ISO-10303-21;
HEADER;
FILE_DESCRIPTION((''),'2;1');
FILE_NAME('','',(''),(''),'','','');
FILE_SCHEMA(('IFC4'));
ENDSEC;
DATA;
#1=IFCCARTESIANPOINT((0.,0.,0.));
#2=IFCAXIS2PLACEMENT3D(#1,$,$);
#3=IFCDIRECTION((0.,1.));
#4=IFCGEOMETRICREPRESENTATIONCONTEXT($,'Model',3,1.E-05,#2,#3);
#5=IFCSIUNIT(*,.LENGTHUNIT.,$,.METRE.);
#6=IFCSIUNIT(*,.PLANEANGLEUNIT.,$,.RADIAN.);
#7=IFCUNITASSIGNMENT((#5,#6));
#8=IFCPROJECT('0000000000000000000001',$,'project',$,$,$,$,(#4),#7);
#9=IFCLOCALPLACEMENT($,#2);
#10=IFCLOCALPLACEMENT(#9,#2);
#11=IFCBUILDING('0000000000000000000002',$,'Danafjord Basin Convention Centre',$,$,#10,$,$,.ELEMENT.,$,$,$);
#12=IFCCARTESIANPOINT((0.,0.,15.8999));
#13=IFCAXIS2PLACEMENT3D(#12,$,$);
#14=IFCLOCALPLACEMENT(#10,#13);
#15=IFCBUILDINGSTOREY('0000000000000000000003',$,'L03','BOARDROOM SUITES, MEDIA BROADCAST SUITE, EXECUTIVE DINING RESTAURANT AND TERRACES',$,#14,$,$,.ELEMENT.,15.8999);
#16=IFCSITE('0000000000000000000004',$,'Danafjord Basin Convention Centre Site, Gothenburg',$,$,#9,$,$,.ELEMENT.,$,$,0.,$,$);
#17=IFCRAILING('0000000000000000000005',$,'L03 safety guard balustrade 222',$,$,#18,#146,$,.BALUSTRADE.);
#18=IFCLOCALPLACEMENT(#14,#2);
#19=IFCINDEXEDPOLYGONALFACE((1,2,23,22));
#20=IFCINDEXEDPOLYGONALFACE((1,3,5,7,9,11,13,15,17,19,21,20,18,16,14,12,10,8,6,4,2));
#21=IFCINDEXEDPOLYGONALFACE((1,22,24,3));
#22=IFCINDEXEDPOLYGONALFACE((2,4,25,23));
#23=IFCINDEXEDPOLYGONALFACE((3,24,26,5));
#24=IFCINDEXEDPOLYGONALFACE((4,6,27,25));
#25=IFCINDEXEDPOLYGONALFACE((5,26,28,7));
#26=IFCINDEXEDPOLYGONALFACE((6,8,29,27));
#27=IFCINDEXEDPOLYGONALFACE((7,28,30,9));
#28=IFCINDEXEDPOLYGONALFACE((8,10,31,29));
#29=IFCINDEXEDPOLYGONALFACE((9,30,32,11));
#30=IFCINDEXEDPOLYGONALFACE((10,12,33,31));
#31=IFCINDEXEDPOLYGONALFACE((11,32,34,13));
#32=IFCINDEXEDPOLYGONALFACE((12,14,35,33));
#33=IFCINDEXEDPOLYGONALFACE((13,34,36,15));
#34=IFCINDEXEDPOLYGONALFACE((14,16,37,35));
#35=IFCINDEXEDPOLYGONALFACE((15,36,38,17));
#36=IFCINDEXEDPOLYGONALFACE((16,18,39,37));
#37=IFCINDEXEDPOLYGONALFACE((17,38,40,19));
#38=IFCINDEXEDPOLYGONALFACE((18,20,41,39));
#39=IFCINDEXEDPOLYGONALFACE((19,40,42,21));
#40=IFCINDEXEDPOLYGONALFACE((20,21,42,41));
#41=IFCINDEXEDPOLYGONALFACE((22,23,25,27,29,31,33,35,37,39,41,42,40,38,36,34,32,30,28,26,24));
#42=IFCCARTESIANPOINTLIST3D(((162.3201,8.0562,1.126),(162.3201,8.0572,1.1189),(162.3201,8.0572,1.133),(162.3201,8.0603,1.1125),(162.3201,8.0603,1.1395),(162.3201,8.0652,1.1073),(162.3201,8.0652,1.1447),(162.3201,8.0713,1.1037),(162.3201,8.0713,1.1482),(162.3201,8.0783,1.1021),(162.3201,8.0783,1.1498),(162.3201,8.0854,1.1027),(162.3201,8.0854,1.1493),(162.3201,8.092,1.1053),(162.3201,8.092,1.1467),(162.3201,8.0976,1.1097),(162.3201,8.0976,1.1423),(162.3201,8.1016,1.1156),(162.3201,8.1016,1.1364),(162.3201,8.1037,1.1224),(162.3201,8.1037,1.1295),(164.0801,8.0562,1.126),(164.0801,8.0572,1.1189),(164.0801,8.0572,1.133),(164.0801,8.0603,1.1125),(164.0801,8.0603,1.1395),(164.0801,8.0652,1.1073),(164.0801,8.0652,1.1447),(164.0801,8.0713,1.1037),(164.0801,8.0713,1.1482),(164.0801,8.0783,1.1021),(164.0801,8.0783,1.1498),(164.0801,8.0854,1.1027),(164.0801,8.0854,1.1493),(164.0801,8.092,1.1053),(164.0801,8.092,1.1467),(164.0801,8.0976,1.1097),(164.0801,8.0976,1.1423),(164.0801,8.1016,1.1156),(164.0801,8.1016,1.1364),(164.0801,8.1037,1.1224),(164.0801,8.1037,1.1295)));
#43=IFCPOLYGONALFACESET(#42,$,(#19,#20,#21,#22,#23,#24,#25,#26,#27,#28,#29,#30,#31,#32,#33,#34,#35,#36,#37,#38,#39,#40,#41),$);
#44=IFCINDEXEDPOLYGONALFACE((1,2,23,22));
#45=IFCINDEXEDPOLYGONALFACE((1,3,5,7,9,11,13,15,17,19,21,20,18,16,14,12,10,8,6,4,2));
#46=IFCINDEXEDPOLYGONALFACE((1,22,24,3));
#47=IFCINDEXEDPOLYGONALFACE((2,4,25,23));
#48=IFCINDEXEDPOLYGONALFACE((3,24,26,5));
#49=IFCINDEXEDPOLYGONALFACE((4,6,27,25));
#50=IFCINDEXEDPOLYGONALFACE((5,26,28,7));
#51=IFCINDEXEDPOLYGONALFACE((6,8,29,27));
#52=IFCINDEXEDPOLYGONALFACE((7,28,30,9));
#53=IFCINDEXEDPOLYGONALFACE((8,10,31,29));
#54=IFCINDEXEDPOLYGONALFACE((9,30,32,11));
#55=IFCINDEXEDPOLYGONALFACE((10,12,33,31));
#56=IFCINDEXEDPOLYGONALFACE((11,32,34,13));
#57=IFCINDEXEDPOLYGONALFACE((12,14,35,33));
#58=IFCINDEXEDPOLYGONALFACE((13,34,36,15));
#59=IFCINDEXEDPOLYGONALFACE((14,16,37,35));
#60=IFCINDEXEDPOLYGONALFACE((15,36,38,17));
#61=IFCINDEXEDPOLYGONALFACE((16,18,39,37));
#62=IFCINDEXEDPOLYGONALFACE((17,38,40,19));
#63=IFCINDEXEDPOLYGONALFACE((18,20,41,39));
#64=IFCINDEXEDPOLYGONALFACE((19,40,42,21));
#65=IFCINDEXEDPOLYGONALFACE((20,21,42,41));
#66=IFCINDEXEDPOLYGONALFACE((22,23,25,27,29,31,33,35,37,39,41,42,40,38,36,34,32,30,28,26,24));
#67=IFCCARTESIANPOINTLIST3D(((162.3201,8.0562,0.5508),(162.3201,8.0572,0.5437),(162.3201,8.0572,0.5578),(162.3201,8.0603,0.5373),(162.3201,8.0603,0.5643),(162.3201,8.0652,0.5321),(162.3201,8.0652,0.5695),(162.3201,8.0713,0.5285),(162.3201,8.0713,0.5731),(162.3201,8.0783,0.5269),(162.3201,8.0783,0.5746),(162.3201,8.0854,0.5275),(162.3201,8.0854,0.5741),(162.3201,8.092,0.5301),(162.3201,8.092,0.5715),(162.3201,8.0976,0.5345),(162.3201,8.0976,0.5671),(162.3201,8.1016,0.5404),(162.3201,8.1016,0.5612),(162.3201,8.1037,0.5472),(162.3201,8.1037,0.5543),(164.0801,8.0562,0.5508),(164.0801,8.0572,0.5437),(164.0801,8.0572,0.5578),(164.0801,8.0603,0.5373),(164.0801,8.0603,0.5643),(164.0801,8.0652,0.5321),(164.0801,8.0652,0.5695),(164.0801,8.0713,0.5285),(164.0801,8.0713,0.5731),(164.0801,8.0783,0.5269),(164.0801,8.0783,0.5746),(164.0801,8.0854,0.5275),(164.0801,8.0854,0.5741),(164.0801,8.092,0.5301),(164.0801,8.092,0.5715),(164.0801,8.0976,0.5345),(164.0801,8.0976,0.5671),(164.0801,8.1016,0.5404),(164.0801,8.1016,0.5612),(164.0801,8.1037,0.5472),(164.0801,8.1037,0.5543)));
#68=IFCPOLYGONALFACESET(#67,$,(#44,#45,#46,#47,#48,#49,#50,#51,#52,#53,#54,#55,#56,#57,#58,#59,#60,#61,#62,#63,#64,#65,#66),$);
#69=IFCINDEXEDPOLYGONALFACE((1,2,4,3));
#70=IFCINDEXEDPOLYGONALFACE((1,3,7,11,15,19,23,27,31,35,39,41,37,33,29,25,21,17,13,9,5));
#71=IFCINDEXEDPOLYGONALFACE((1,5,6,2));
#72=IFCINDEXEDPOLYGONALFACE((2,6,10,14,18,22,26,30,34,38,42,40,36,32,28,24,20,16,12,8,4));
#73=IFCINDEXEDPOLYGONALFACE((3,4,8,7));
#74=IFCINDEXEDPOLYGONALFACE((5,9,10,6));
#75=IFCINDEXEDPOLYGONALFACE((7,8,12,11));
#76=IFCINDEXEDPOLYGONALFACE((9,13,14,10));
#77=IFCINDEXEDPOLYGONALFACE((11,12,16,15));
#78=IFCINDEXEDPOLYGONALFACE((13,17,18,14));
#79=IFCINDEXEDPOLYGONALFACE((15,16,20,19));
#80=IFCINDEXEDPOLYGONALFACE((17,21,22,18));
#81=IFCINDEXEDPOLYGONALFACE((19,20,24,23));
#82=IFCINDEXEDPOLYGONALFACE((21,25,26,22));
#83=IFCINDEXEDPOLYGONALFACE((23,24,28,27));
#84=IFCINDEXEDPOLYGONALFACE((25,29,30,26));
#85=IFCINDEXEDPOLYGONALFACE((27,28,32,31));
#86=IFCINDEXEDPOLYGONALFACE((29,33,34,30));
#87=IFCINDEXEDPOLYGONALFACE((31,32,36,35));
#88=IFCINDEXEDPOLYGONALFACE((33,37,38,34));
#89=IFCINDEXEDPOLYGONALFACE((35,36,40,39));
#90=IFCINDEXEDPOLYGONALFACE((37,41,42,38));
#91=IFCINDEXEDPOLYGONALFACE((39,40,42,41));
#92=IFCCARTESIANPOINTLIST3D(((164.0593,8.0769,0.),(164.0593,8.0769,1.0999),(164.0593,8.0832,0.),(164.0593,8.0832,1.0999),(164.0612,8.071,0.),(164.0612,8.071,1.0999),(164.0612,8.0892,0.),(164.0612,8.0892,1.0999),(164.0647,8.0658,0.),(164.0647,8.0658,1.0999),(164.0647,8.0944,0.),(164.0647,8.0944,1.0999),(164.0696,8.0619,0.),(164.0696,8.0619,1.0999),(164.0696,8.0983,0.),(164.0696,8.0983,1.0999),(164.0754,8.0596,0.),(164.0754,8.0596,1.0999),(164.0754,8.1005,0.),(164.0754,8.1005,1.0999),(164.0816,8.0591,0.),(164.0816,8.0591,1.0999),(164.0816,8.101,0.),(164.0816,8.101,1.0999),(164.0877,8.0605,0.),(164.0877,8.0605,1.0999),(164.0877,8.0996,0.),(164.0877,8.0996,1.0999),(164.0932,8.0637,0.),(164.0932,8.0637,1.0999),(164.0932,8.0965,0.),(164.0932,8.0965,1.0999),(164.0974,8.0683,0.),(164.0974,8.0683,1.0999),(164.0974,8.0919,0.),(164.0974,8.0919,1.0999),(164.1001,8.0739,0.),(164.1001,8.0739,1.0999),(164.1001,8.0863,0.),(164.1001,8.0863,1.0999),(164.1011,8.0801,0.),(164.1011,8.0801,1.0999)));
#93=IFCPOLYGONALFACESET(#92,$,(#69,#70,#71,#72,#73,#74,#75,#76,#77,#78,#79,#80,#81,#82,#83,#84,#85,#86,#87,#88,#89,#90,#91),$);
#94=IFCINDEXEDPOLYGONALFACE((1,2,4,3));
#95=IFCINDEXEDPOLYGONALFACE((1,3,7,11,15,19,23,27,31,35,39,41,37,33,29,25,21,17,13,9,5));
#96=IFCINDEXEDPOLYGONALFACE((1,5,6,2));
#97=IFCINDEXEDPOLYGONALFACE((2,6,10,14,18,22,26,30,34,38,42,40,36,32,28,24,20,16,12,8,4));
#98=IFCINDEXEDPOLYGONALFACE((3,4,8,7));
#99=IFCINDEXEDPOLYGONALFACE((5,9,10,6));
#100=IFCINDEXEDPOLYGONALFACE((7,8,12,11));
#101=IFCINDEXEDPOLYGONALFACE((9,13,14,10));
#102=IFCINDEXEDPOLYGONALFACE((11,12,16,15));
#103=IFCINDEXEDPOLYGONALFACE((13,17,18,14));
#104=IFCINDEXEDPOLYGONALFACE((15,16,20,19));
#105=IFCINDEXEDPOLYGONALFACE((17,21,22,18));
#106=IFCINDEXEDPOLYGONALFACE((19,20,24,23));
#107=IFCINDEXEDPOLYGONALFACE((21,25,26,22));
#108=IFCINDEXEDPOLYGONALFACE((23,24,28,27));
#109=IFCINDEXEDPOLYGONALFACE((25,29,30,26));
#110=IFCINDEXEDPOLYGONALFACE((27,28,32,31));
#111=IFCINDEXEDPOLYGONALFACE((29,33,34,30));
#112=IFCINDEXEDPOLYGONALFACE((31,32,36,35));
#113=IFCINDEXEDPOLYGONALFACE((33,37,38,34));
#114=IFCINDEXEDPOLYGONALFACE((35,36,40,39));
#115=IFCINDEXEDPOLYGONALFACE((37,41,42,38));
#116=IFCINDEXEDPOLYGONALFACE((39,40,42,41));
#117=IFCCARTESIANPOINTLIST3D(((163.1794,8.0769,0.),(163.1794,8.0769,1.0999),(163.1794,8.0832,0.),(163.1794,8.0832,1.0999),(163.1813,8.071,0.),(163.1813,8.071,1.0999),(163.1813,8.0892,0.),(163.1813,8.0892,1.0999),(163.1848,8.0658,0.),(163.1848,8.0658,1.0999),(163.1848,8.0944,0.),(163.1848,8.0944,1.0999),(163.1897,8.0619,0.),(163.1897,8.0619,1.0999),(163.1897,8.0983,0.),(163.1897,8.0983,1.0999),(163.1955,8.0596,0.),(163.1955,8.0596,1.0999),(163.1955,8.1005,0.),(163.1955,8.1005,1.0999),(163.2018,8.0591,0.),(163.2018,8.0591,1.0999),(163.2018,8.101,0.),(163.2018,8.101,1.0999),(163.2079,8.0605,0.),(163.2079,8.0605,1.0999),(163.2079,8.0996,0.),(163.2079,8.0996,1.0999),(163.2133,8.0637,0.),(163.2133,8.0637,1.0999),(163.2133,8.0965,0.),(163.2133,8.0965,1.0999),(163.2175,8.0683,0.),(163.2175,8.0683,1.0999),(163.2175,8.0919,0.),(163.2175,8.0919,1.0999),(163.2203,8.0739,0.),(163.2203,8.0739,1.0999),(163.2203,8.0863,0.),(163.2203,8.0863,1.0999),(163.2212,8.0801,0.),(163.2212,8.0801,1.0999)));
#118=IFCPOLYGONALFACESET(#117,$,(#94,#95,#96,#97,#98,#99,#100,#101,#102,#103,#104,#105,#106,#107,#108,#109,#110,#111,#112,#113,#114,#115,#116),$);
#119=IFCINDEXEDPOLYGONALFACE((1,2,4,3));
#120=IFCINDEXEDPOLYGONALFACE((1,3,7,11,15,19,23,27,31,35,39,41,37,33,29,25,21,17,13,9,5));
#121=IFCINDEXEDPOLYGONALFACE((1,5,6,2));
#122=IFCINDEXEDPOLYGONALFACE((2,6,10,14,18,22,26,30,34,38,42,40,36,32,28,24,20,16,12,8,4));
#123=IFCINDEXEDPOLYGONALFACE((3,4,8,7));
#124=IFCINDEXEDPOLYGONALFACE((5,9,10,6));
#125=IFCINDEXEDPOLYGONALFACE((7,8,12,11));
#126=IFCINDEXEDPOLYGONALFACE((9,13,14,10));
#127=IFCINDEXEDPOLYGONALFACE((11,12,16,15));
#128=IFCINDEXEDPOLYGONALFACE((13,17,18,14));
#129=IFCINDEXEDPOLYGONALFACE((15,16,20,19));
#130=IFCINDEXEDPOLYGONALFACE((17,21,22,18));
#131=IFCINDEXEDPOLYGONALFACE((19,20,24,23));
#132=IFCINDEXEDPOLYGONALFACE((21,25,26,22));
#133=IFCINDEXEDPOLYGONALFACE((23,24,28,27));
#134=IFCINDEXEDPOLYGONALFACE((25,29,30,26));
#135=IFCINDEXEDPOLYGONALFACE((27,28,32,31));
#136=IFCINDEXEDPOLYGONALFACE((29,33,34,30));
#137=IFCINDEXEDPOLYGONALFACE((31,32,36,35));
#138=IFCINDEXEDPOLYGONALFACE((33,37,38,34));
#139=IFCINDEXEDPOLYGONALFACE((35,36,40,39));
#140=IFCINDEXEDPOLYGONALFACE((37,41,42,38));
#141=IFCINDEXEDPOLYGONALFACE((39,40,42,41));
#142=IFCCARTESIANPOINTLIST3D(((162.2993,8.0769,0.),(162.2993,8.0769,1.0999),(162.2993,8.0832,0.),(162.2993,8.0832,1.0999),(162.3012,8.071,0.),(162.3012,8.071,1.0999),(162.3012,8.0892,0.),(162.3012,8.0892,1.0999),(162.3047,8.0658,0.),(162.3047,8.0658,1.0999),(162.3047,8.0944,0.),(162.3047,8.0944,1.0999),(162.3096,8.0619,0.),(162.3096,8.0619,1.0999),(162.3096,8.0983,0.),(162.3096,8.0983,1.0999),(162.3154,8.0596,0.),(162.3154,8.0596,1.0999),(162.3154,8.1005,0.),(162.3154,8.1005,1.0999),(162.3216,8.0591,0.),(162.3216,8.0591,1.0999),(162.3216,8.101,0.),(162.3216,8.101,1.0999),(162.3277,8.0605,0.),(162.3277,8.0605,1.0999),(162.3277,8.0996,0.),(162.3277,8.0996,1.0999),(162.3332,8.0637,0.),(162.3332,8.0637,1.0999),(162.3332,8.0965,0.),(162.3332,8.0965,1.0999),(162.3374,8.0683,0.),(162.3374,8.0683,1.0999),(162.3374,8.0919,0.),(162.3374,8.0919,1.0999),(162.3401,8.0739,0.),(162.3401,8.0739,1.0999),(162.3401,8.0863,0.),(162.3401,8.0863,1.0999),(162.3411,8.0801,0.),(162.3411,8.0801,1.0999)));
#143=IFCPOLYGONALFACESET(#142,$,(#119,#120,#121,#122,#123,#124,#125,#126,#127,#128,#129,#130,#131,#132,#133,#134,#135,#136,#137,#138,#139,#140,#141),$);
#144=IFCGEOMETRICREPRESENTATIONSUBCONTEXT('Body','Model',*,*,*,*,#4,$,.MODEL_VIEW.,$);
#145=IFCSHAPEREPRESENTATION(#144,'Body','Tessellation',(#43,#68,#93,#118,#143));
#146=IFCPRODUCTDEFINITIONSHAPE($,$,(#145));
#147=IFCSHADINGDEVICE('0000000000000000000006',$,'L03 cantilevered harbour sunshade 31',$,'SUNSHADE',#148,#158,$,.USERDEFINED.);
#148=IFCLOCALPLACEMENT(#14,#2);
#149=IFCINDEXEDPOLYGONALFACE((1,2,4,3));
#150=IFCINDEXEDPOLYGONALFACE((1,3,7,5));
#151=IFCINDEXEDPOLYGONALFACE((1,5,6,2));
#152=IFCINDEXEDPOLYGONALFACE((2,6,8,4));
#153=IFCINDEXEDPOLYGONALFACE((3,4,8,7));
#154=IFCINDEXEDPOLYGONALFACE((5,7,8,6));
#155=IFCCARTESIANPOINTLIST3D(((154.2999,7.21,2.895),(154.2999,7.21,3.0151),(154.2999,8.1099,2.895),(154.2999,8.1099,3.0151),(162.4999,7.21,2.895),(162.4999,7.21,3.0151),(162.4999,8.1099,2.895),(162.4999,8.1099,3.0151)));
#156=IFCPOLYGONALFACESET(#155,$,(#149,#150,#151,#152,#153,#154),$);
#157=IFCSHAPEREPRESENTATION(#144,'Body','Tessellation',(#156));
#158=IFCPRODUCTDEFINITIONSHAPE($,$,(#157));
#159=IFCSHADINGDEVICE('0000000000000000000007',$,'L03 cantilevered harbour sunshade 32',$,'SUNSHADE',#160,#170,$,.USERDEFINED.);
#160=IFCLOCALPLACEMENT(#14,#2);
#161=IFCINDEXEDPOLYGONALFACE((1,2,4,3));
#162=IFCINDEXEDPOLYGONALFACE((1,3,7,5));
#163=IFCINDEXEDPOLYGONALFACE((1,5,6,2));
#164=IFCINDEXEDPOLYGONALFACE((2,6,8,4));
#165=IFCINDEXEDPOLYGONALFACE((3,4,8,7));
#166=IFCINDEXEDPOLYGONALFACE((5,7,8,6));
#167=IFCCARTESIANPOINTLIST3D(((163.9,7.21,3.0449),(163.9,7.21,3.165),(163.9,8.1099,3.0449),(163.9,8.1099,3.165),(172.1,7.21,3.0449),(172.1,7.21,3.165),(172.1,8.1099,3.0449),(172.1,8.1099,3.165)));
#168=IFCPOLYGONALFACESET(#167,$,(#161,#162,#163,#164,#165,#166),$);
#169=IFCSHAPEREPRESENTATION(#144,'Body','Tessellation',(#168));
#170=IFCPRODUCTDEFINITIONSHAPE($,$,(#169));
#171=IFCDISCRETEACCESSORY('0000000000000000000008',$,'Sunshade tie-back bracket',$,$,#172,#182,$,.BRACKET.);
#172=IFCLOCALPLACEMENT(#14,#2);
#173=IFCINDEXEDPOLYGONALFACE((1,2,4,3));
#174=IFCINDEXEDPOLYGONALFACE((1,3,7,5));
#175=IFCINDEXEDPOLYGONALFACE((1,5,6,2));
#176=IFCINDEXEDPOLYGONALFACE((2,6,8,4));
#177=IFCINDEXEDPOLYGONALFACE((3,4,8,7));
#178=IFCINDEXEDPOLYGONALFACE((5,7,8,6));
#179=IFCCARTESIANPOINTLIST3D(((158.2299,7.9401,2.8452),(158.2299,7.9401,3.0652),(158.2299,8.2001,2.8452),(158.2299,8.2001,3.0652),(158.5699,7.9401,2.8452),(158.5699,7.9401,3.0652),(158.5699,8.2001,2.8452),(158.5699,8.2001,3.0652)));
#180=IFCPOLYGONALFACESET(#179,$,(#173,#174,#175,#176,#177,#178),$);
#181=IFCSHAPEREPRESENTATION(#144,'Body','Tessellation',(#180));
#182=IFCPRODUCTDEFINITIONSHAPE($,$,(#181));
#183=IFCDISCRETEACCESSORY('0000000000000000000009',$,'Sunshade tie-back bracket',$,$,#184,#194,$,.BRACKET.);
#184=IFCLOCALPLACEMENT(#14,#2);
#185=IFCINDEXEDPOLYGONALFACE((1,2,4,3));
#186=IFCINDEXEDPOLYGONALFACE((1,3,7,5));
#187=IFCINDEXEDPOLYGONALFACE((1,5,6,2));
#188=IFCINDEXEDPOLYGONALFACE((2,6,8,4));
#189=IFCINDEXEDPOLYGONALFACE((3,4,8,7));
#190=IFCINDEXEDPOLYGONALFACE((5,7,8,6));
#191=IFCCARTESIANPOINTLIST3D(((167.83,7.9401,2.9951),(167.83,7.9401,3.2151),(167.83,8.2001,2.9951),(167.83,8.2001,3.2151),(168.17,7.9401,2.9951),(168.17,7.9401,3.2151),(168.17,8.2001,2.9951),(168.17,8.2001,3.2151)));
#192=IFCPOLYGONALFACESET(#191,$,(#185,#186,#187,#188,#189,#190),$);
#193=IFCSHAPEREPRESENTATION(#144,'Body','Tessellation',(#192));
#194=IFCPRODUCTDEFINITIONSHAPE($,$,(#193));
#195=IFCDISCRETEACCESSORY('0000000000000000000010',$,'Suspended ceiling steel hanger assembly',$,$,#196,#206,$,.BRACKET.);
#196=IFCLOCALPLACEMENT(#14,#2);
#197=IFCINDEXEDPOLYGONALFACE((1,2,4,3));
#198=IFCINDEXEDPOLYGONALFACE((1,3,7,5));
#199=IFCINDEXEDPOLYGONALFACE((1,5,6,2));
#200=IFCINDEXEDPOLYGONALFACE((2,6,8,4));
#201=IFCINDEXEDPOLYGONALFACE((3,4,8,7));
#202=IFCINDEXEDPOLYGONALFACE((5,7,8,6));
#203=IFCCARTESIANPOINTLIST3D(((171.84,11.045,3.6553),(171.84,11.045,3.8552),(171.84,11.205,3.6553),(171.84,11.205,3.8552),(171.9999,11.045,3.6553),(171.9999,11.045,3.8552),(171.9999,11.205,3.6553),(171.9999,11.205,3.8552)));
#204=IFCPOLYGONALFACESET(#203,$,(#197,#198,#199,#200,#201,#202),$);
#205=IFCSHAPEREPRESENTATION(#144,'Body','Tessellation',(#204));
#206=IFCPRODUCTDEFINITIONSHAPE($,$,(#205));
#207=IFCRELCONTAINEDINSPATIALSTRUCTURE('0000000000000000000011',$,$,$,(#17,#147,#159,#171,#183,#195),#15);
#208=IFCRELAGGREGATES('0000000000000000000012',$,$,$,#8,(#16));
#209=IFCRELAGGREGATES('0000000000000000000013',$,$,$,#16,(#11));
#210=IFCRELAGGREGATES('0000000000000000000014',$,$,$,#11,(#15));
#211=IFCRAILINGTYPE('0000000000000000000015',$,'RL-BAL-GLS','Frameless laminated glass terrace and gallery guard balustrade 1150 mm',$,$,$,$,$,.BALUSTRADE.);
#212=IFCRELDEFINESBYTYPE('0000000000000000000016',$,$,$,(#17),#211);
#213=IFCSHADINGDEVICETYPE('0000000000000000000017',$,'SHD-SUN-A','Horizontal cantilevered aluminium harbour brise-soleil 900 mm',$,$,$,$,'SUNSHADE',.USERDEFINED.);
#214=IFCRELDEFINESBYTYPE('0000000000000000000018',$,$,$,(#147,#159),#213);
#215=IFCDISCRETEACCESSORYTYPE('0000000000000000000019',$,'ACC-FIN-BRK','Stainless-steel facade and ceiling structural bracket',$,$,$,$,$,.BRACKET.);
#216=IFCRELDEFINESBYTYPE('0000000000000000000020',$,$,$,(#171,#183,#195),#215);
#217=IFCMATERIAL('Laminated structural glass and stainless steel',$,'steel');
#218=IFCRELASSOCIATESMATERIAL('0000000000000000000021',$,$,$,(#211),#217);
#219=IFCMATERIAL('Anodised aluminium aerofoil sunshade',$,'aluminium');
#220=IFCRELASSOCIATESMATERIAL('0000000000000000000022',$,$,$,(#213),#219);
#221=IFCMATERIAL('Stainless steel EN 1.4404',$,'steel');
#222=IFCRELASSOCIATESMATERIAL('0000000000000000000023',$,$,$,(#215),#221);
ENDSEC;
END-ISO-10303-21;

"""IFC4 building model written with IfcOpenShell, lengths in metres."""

from ifc_helpers import new_model, si_unit, direction, frame, origin, origin_2d, place, context, subcontext, project, spatial, rectangle, circle, extrude, material, type_object, element, save


model = new_model("IFC4")

# Units and contexts
model_context = context("Model", 3, precision=1e-05, world=origin(), true_north=direction((0.0, 1.0)))
body_context = subcontext(model_context, "Body", "Model", "MODEL_VIEW")
ifc_project = project(units=[si_unit("LENGTHUNIT", "METRE"), si_unit("PLANEANGLEUNIT", "RADIAN")], contexts=[model_context])

# Site, building, storey
site_placement = place(None, origin())
site = spatial("IfcSite", under=ifc_project, at=site_placement, Name="Danafjord Basin Convention Centre Site, Gothenburg", CompositionType="ELEMENT", RefElevation=0.0)
building_placement = place(site_placement, origin())
building = spatial("IfcBuilding", under=site, at=building_placement, Name="Danafjord Basin Convention Centre", CompositionType="ELEMENT")
storey_placement = place(building_placement, frame((0.0, 0.0, 15.8999)))
storey = spatial("IfcBuildingStorey", under=building, at=storey_placement, Name="L03", Description="BOARDROOM SUITES, MEDIA BROADCAST SUITE, EXECUTIVE DINING RESTAURANT AND TERRACES", CompositionType="ELEMENT", Elevation=15.8999)

# Railing
ifc_material_1 = material(Name="Laminated structural glass and stainless steel", Category="steel")
railing_type = type_object("IfcRailingType", Name="RL-BAL-GLS", Description="Frameless laminated glass terrace and gallery guard balustrade 1150 mm", PredefinedType="BALUSTRADE", material=ifc_material_1)
railing_placement = place(storey_placement, frame((164.0801, 8.0801, 0.0)))
element("IfcRailing", 1, at=railing_placement, inside=storey, type_object=railing_type, Name="L03 safety guard balustrade 222", PredefinedType="BALUSTRADE", context=body_context, shape_type="SweptSolid", body=[
    extrude(circle(Radius=0.0239, at=origin_2d()), frame((0.0, 0.0, 1.126), z_axis=(-1.0, 0.0, 0.0), x_axis=(0.0, -1.0, 0.0)), (0.0, 0.0, 1.0), 1.76),
    extrude(circle(Radius=0.0239, at=origin_2d()), frame((0.0, 0.0, 0.5508), z_axis=(-1.0, 0.0, 0.0), x_axis=(0.0, -1.0, 0.0)), (0.0, 0.0, 1.0), 1.76),
    extrude(circle(Radius=0.021, at=origin_2d()), origin(), (0.0, 0.0, 1.0), 1.0999),
    extrude(circle(Radius=0.021, at=origin_2d()), frame((-0.8799, 0.0, 0.0)), (0.0, 0.0, 1.0), 1.0999),
    extrude(circle(Radius=0.021, at=origin_2d()), frame((-1.76, 0.0, 0.0)), (0.0, 0.0, 1.0), 1.0999),
])

# Shading devices
ifc_material_2 = material(Name="Anodised aluminium aerofoil sunshade", Category="aluminium")
shading_device_type = type_object("IfcShadingDeviceType", Name="SHD-SUN-A", Description="Horizontal cantilevered aluminium harbour brise-soleil 900 mm", ElementType="SUNSHADE", PredefinedType="USERDEFINED", material=ifc_material_2)
for number, where, z_axis, x_axis, name in (
    (2, (158.3999, 7.6599, 2.895), (0.0, 0.0, 1.0), (1.0, 0.0, 0.0), "L03 cantilevered harbour sunshade 31"),
    (3, (168.0, 7.6599, 3.0449), (0.0, 0.0, 1.0), (1.0, 0.0, 0.0), "L03 cantilevered harbour sunshade 32"),
):
    element("IfcShadingDevice", number, at=place(storey_placement, frame(where, z_axis=z_axis, x_axis=x_axis)), inside=storey, type_object=shading_device_type, Name=name, ObjectType="SUNSHADE", PredefinedType="USERDEFINED", context=body_context, shape_type="SweptSolid", body=[
        extrude(rectangle(XDim=8.2, YDim=0.8999, at=origin_2d()), origin(), (0.0, 0.0, 1.0), 0.1201),
    ])

# Discrete accessories
ifc_material_3 = material(Name="Stainless steel EN 1.4404", Category="steel")
discrete_accessory_type_1 = type_object("IfcDiscreteAccessoryType", Name="ACC-FIN-BRK", Description="Stainless-steel facade and ceiling structural bracket", PredefinedType="BRACKET", material=ifc_material_3)
for number, where, z_axis, x_axis, name in (
    (4, (158.3999, 8.0701, 2.8452), (0.0, 0.0, 1.0), (1.0, 0.0, 0.0), "Sunshade tie-back bracket"),
    (5, (168.0, 8.0701, 2.9951), (0.0, 0.0, 1.0), (1.0, 0.0, 0.0), "Sunshade tie-back bracket"),
):
    element("IfcDiscreteAccessory", number, at=place(storey_placement, frame(where, z_axis=z_axis, x_axis=x_axis)), inside=storey, type_object=discrete_accessory_type_1, Name=name, PredefinedType="BRACKET", context=body_context, shape_type="SweptSolid", body=[
        extrude(rectangle(XDim=0.3401, YDim=0.26, at=origin_2d()), origin(), (0.0, 0.0, 1.0), 0.22),
    ])
discrete_accessory_placement = place(storey_placement, frame((171.9199, 11.125, 3.6553), z_axis=(0.0, 0.0, 1.0), x_axis=(1.0, 0.0, 0.0)))
element("IfcDiscreteAccessory", 6, at=discrete_accessory_placement, inside=storey, type_object=discrete_accessory_type_1, Name="Suspended ceiling steel hanger assembly", PredefinedType="BRACKET", context=body_context, shape_type="SweptSolid", body=[
    extrude(rectangle(XDim=0.1599, YDim=0.1599, at=origin_2d()), origin(), (0.0, 0.0, 1.0), 0.2),
])

save(model, "model.ifc")
